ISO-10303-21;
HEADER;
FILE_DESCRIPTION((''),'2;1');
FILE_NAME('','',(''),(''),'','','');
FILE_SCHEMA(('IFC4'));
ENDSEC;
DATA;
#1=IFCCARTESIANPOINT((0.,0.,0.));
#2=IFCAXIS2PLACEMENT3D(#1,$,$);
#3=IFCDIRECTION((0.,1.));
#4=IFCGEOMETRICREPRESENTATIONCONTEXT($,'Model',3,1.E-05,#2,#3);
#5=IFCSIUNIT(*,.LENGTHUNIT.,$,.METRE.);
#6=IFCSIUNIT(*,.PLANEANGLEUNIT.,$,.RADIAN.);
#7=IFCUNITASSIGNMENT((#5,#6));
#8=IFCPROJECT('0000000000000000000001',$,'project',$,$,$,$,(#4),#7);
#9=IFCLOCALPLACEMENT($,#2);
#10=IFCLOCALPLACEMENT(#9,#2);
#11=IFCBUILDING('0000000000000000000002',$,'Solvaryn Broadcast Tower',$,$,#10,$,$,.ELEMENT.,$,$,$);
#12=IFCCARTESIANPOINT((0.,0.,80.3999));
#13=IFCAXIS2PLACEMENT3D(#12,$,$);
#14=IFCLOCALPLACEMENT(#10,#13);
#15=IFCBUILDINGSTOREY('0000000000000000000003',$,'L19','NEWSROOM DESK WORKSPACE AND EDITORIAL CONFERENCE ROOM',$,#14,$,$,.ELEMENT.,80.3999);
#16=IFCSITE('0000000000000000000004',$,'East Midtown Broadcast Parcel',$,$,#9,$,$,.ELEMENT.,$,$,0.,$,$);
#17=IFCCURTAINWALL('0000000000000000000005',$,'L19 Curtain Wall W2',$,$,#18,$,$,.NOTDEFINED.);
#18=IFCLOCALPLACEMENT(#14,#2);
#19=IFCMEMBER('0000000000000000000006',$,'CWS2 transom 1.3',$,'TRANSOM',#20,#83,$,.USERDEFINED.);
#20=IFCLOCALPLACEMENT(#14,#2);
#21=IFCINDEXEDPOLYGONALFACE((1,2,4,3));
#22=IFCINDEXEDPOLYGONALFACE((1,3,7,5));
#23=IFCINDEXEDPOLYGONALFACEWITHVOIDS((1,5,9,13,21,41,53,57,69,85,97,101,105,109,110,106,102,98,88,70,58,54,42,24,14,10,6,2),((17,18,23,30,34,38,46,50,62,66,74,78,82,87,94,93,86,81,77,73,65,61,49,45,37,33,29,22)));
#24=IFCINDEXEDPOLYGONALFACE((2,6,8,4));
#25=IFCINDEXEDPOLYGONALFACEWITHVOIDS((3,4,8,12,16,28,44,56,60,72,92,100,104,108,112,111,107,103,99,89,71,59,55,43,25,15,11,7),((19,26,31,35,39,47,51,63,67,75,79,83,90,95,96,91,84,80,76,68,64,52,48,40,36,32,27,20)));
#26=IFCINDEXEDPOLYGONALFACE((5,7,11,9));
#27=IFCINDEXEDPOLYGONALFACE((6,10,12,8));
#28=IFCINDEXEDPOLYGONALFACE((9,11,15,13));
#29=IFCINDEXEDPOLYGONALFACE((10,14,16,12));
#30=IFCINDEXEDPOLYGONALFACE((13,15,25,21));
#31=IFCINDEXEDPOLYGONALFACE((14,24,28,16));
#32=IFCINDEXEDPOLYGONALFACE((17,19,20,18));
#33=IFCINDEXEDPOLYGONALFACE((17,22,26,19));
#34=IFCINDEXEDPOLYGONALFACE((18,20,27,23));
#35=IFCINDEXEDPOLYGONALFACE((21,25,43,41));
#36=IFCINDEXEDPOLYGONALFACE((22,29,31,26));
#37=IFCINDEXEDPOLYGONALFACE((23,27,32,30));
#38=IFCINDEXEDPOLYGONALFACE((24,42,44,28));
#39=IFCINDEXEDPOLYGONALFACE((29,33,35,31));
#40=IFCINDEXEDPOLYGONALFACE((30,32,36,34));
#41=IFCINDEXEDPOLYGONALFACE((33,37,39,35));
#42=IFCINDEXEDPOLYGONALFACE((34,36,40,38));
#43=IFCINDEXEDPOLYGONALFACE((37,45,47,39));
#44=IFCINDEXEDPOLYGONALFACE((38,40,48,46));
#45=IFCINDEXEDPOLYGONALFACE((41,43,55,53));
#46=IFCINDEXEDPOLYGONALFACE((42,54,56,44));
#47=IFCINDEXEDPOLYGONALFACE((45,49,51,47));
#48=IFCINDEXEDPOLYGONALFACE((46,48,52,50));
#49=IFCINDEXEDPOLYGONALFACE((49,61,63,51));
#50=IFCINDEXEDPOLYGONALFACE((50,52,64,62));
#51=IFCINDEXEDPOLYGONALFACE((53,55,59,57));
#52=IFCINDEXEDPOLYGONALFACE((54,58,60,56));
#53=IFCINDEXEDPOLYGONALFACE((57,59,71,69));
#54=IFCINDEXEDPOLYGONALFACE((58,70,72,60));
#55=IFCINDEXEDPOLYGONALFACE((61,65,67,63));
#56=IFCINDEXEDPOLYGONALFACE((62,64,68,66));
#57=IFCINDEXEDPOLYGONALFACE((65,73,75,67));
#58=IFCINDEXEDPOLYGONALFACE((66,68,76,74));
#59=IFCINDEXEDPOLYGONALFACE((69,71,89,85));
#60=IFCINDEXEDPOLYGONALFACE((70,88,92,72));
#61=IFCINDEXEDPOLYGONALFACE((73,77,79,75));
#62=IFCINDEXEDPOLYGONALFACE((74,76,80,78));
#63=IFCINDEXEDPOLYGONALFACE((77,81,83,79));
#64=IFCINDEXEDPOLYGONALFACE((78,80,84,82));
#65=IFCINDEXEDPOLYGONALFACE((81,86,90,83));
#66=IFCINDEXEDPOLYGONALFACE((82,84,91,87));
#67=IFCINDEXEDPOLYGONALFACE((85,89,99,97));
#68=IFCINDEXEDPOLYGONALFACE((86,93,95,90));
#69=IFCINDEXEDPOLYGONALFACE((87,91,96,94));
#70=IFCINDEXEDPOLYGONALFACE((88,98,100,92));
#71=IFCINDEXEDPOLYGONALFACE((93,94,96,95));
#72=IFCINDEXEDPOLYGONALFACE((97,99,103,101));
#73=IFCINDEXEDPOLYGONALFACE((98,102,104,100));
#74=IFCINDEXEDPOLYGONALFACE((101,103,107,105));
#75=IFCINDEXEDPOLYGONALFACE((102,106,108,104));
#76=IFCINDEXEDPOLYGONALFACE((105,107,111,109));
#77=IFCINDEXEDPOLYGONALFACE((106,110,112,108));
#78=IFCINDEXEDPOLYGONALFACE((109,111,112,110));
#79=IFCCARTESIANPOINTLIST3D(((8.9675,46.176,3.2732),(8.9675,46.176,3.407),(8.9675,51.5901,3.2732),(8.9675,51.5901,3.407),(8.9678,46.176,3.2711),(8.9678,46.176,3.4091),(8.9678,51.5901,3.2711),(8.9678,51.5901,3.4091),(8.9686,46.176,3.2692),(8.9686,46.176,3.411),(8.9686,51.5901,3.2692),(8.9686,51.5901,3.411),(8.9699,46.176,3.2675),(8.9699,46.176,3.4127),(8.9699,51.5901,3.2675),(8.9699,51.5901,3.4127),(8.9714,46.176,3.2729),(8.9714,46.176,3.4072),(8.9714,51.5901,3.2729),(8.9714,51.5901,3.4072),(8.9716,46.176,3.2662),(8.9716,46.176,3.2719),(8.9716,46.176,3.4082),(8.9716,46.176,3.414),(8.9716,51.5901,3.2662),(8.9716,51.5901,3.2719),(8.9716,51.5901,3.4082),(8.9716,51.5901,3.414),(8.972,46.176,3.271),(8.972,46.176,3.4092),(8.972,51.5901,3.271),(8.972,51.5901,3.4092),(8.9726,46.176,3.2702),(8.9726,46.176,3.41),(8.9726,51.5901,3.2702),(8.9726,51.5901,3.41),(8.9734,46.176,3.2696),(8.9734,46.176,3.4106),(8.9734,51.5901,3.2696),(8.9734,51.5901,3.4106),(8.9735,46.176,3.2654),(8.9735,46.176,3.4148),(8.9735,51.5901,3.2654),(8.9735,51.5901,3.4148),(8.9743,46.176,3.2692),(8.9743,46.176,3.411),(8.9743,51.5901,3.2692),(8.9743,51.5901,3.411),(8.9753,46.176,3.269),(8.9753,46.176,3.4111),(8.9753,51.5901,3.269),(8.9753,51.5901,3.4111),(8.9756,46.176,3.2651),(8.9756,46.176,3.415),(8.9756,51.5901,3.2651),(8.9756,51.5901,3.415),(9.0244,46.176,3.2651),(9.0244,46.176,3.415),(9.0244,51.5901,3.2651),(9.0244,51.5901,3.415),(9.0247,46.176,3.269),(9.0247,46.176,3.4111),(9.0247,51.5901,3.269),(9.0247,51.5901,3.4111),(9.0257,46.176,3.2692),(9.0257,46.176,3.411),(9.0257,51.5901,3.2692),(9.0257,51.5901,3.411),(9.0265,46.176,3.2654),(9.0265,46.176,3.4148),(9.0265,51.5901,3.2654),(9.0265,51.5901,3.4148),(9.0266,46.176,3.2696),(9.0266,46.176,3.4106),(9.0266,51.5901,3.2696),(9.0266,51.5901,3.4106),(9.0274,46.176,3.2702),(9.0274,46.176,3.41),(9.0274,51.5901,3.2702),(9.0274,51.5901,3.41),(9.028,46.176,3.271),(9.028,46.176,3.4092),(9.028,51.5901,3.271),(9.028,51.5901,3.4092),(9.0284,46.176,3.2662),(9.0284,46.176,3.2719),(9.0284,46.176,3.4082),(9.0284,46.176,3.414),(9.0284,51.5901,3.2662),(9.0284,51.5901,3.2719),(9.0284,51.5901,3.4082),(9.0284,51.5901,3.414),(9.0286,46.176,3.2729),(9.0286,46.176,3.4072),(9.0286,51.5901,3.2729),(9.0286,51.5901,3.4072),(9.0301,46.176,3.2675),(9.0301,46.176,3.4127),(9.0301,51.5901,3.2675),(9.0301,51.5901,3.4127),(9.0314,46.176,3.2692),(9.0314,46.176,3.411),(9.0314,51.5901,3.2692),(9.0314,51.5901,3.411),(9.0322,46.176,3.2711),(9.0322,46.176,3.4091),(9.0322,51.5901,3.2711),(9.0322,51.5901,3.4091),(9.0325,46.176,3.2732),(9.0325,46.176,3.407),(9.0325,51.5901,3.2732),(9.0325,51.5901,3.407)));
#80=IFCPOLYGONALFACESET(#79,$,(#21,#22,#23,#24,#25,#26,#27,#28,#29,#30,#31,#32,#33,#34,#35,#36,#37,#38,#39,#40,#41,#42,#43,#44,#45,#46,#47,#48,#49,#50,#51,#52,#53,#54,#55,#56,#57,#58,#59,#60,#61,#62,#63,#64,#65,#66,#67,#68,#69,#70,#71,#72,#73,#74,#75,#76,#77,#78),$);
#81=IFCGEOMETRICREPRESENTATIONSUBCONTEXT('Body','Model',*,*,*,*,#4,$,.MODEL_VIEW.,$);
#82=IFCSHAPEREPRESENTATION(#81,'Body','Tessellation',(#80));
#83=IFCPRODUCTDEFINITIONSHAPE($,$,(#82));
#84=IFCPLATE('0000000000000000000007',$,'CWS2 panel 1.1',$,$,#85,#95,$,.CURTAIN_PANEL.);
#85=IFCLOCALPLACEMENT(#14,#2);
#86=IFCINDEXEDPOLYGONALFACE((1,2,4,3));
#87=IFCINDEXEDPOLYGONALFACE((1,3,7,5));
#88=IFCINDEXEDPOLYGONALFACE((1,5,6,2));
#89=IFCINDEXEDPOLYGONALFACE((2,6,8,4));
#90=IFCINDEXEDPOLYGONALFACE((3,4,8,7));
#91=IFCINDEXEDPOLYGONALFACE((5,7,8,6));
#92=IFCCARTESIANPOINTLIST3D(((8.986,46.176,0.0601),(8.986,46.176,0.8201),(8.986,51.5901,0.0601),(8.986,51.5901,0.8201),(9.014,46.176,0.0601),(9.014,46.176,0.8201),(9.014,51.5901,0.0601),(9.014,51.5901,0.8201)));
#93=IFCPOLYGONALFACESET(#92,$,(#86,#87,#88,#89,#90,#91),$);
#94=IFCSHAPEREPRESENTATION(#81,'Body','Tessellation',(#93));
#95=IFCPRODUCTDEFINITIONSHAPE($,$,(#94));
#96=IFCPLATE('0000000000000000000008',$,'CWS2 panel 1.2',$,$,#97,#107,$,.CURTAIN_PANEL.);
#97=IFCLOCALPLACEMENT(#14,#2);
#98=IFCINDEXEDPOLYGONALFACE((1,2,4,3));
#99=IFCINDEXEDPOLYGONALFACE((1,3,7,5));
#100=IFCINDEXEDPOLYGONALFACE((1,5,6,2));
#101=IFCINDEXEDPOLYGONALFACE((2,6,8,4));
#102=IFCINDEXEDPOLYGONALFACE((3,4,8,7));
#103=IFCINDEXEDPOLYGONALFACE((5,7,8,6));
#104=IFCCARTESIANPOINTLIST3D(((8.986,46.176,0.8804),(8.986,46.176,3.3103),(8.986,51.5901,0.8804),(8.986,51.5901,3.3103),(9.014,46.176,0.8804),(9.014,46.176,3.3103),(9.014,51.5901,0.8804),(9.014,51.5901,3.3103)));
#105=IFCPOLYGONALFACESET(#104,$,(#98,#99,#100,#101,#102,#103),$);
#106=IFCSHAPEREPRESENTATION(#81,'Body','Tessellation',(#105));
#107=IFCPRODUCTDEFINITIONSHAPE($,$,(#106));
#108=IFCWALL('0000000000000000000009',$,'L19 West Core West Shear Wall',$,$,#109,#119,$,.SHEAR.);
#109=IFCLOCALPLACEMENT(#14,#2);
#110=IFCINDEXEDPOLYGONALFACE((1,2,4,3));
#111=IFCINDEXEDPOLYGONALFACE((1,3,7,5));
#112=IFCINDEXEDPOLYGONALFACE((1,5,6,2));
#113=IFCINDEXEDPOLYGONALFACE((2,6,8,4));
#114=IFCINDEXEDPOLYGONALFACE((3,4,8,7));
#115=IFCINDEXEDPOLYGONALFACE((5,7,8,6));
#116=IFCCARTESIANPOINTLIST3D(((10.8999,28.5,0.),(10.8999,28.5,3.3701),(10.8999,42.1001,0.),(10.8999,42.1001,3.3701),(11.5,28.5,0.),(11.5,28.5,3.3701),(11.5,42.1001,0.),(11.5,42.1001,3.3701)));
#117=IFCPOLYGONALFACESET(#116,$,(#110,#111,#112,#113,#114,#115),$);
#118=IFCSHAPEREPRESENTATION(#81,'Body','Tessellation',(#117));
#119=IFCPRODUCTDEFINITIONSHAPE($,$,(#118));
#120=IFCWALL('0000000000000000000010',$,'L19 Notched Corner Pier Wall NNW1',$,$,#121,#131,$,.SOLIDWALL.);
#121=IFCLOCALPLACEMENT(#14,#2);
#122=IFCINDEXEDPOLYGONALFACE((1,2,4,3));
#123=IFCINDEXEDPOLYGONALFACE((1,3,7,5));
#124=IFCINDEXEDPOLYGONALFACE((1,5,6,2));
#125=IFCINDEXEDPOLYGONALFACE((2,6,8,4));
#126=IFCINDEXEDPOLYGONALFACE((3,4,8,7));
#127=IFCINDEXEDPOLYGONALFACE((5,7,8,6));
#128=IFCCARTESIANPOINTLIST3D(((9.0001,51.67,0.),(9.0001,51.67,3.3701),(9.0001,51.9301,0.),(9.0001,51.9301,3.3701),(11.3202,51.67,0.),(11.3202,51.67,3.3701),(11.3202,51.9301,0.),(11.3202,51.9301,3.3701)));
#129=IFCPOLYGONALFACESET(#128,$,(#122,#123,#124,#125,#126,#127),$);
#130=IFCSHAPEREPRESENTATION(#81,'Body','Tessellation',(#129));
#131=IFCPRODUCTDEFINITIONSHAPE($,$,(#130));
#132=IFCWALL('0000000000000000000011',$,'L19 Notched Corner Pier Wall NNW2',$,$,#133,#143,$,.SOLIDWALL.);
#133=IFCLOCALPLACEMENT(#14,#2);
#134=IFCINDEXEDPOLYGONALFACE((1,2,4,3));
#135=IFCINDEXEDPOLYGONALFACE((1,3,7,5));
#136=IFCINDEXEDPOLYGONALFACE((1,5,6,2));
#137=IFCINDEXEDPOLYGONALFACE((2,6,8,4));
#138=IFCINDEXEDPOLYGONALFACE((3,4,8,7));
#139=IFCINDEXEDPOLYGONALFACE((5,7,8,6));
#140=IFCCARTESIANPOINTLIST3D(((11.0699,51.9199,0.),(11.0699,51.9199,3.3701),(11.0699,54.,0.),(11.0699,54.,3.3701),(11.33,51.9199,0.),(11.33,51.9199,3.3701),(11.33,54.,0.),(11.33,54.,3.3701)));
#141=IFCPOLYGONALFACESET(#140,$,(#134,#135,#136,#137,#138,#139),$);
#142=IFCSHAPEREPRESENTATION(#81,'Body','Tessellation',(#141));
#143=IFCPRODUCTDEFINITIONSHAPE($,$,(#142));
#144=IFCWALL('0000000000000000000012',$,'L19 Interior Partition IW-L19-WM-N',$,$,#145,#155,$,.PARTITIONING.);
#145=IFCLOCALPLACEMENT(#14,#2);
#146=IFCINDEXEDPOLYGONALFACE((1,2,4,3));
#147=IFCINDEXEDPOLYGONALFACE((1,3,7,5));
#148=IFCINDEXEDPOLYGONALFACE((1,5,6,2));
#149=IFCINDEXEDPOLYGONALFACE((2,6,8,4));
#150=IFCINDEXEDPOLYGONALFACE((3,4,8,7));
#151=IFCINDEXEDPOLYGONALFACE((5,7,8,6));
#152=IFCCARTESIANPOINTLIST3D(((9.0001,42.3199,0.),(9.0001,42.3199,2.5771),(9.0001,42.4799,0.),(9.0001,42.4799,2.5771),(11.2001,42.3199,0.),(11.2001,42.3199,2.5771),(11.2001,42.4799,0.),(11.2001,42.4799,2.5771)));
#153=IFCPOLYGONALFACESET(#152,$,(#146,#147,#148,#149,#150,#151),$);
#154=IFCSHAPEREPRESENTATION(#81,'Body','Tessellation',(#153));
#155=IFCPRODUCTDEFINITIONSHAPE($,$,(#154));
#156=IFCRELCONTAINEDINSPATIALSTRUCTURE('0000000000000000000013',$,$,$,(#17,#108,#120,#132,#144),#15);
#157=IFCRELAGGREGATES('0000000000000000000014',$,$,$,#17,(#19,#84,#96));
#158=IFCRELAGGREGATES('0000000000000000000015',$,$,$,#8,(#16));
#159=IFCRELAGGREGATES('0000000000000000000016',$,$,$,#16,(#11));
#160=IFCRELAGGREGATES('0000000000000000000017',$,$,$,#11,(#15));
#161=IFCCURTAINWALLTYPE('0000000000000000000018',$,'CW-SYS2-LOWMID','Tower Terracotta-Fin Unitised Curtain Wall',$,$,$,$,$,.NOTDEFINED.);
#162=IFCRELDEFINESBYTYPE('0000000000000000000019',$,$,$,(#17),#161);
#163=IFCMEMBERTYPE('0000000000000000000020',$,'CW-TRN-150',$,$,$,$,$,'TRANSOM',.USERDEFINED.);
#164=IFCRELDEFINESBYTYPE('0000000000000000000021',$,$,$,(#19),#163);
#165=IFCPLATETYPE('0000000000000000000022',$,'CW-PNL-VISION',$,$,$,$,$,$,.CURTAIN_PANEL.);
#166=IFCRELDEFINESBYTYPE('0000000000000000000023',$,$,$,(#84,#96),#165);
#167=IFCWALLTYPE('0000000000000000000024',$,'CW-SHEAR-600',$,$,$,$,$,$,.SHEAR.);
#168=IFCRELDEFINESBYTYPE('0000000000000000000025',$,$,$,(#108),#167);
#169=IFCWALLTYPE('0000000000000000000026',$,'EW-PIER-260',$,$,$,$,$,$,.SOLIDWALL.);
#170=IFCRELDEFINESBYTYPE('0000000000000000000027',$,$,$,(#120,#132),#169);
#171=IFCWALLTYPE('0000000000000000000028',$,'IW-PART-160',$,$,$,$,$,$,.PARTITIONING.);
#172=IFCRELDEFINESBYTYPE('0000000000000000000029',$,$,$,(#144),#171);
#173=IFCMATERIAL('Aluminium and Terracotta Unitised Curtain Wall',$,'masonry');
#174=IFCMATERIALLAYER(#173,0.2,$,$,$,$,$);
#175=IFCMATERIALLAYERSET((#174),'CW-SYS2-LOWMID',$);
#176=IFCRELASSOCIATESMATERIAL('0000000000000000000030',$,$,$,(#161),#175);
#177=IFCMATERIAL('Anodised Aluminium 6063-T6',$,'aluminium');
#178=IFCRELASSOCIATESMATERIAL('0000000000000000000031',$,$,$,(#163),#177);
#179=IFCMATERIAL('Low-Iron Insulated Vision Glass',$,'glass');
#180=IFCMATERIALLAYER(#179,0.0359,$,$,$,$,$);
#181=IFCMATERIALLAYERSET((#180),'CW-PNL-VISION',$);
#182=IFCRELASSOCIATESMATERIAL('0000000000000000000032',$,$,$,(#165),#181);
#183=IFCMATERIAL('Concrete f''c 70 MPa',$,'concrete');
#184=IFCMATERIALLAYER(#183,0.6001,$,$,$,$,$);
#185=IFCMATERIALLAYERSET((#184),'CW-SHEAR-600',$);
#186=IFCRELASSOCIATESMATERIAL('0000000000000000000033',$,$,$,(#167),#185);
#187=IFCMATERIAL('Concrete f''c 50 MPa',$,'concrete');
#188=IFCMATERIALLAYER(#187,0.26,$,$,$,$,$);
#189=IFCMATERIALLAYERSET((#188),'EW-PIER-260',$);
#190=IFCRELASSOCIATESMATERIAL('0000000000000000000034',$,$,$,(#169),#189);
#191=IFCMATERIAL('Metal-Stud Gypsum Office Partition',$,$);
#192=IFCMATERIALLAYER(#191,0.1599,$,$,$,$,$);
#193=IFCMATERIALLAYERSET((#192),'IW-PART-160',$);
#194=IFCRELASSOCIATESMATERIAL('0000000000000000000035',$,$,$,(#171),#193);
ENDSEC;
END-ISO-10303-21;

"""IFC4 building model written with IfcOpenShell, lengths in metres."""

from ifc_helpers import new_model, si_unit, direction, frame, frame_2d, origin, origin_2d, place, context, subcontext, project, spatial, rectangle, hollow_rectangle, extrude, material, layer, layer_set, material_profile, profile_set, type_object, element, aggregate, save


model = new_model("IFC4")

# Units and contexts
model_context = context("Model", 3, precision=1e-05, world=origin(), true_north=direction((0.0, 1.0)))
body_context = subcontext(model_context, "Body", "Model", "MODEL_VIEW")
ifc_project = project(units=[si_unit("LENGTHUNIT", "METRE"), si_unit("PLANEANGLEUNIT", "RADIAN")], contexts=[model_context])

# Site, building, storey
site_placement = place(None, origin())
site = spatial("IfcSite", under=ifc_project, at=site_placement, Name="East Midtown Broadcast Parcel", CompositionType="ELEMENT", RefElevation=0.0)
building_placement = place(site_placement, origin())
building = spatial("IfcBuilding", under=site, at=building_placement, Name="Solvaryn Broadcast Tower", CompositionType="ELEMENT")
storey_placement = place(building_placement, frame((0.0, 0.0, 80.3999)))
storey = spatial("IfcBuildingStorey", under=building, at=storey_placement, Name="L19", Description="NEWSROOM DESK WORKSPACE AND EDITORIAL CONFERENCE ROOM", CompositionType="ELEMENT", Elevation=80.3999)

# Shared definitions
ifc_material_1 = material(Name="Aluminium and Terracotta Unitised Curtain Wall", Category="masonry")
ifc_layer_1 = layer(ifc_material_1, 0.2)
ifc_layer_set_1 = layer_set([ifc_layer_1], Name="CW-SYS2-LOWMID")
curtain_wall_type = type_object("IfcCurtainWallType", Name="CW-SYS2-LOWMID", Description="Tower Terracotta-Fin Unitised Curtain Wall", PredefinedType="NOTDEFINED", material=ifc_layer_set_1)

# Curtain wall
curtain_wall_1_placement = place(storey_placement, origin())
curtain_wall_1 = element("IfcCurtainWall", 1, at=curtain_wall_1_placement, inside=storey, type_object=curtain_wall_type, Name="L19 Curtain Wall W2", PredefinedType="NOTDEFINED")

# Member
ifc_material_2 = material(Name="Anodised Aluminium 6063-T6", Category="aluminium")
ifc_material_profile_1 = material_profile(ifc_material_2, hollow_rectangle(XDim=0.0649, YDim=0.1499, WallThickness=0.0039, InnerFilletRadius=0.0039, OuterFilletRadius=0.0081, at=origin_2d()))
ifc_profile_set_1 = profile_set([ifc_material_profile_1], Name="Anodised Aluminium 6063-T6")
member_type_1 = type_object("IfcMemberType", Name="CW-TRN-150", ElementType="TRANSOM", PredefinedType="USERDEFINED", material=ifc_profile_set_1)
member_1_placement = place(storey_placement, frame((9.0, 46.176, 3.3401), z_axis=(0.0, 1.0, 0.0), x_axis=(-1.0, 0.0, 0.0)))
member_1 = element("IfcMember", 2, at=member_1_placement, type_object=member_type_1, Name="CWS2 transom 1.3", ObjectType="TRANSOM", PredefinedType="USERDEFINED", context=body_context, shape_type="SweptSolid", body=[
    extrude(hollow_rectangle(XDim=0.0649, YDim=0.1499, WallThickness=0.0039, InnerFilletRadius=0.0039, OuterFilletRadius=0.0081, at=origin_2d()), origin(), (0.0, 0.0, 1.0), 5.4141),
])

# Plates
ifc_material_3 = material(Name="Low-Iron Insulated Vision Glass", Category="glass")
ifc_layer_2 = layer(ifc_material_3, 0.0359)
ifc_layer_set_2 = layer_set([ifc_layer_2], Name="CW-PNL-VISION")
plate_type = type_object("IfcPlateType", Name="CW-PNL-VISION", PredefinedType="CURTAIN_PANEL", material=ifc_layer_set_2)
plate_1_placement = place(storey_placement, frame((9.0, 48.8831, 0.0601), z_axis=(0.0, 0.0, 1.0), x_axis=(0.0, 1.0, 0.0)))
plate_1 = element("IfcPlate", 3, at=plate_1_placement, type_object=plate_type, Name="CWS2 panel 1.1", PredefinedType="CURTAIN_PANEL", context=body_context, shape_type="SweptSolid", body=[
    extrude(rectangle(XDim=5.4141, YDim=0.0281, at=origin_2d()), origin(), (0.0, 0.0, 1.0), 0.76),
])
plate_2_placement = place(storey_placement, frame((9.0, 48.8831, 0.8804), z_axis=(0.0, 0.0, 1.0), x_axis=(0.0, 1.0, 0.0)))
plate_2 = element("IfcPlate", 4, at=plate_2_placement, type_object=plate_type, Name="CWS2 panel 1.2", PredefinedType="CURTAIN_PANEL", context=body_context, shape_type="SweptSolid", body=[
    extrude(rectangle(XDim=5.4141, YDim=0.0281, at=origin_2d()), origin(), (0.0, 0.0, 1.0), 2.4299),
])
aggregate(curtain_wall_1, [member_1, plate_1, plate_2])

# Walls
ifc_material_4 = material(Name="Concrete f'c 70 MPa", Category="concrete")
ifc_layer_3 = layer(ifc_material_4, 0.6001)
ifc_layer_set_3 = layer_set([ifc_layer_3], Name="CW-SHEAR-600")
wall_type_1 = type_object("IfcWallType", Name="CW-SHEAR-600", PredefinedType="SHEAR", material=ifc_layer_set_3)
wall_1_placement = place(storey_placement, frame((11.2, 42.1001, 0.0), z_axis=(0.0, 0.0, 1.0), x_axis=(0.0, -1.0, 0.0)))
element("IfcWall", 5, at=wall_1_placement, inside=storey, type_object=wall_type_1, Name="L19 West Core West Shear Wall", PredefinedType="SHEAR", context=body_context, shape_type="SweptSolid", body=[
    extrude(rectangle(XDim=13.6001, YDim=0.6001, at=frame_2d((6.8, 0.0))), origin(), (0.0, 0.0, 1.0), 3.3701),
])
ifc_material_5 = material(Name="Concrete f'c 50 MPa", Category="concrete")
ifc_layer_4 = layer(ifc_material_5, 0.26)
ifc_layer_set_4 = layer_set([ifc_layer_4], Name="EW-PIER-260")
wall_type_2 = type_object("IfcWallType", Name="EW-PIER-260", PredefinedType="SOLIDWALL", material=ifc_layer_set_4)
wall_2_placement = place(storey_placement, frame((9.0, 51.8, 0.0), z_axis=(0.0, 0.0, 1.0), x_axis=(1.0, 0.0, 0.0)))
element("IfcWall", 6, at=wall_2_placement, inside=storey, type_object=wall_type_2, Name="L19 Notched Corner Pier Wall NNW1", PredefinedType="SOLIDWALL", context=body_context, shape_type="SweptSolid", body=[
    extrude(rectangle(XDim=2.3201, YDim=0.26, at=frame_2d((1.1602, 0.0))), origin(), (0.0, 0.0, 1.0), 3.3701),
])
wall_3_placement = place(storey_placement, frame((11.2, 51.9199, 0.0), z_axis=(0.0, 0.0, 1.0), x_axis=(0.0, 1.0, 0.0)))
element("IfcWall", 7, at=wall_3_placement, inside=storey, type_object=wall_type_2, Name="L19 Notched Corner Pier Wall NNW2", PredefinedType="SOLIDWALL", context=body_context, shape_type="SweptSolid", body=[
    extrude(rectangle(XDim=2.0801, YDim=0.26, at=frame_2d((1.04, 0.0))), origin(), (0.0, 0.0, 1.0), 3.3701),
])
ifc_material_6 = material(Name="Metal-Stud Gypsum Office Partition")
ifc_layer_5 = layer(ifc_material_6, 0.1599)
ifc_layer_set_5 = layer_set([ifc_layer_5], Name="IW-PART-160")
wall_type_3 = type_object("IfcWallType", Name="IW-PART-160", PredefinedType="PARTITIONING", material=ifc_layer_set_5)
wall_4_placement = place(storey_placement, frame((9.0, 42.3999, 0.0), z_axis=(0.0, 0.0, 1.0), x_axis=(1.0, 0.0, 0.0)))
element("IfcWall", 8, at=wall_4_placement, inside=storey, type_object=wall_type_3, Name="L19 Interior Partition IW-L19-WM-N", PredefinedType="PARTITIONING", context=body_context, shape_type="SweptSolid", body=[
    extrude(rectangle(XDim=2.2, YDim=0.1599, at=frame_2d((1.1001, 0.0))), origin(), (0.0, 0.0, 1.0), 2.5771),
])

save(model, "model.ifc")
